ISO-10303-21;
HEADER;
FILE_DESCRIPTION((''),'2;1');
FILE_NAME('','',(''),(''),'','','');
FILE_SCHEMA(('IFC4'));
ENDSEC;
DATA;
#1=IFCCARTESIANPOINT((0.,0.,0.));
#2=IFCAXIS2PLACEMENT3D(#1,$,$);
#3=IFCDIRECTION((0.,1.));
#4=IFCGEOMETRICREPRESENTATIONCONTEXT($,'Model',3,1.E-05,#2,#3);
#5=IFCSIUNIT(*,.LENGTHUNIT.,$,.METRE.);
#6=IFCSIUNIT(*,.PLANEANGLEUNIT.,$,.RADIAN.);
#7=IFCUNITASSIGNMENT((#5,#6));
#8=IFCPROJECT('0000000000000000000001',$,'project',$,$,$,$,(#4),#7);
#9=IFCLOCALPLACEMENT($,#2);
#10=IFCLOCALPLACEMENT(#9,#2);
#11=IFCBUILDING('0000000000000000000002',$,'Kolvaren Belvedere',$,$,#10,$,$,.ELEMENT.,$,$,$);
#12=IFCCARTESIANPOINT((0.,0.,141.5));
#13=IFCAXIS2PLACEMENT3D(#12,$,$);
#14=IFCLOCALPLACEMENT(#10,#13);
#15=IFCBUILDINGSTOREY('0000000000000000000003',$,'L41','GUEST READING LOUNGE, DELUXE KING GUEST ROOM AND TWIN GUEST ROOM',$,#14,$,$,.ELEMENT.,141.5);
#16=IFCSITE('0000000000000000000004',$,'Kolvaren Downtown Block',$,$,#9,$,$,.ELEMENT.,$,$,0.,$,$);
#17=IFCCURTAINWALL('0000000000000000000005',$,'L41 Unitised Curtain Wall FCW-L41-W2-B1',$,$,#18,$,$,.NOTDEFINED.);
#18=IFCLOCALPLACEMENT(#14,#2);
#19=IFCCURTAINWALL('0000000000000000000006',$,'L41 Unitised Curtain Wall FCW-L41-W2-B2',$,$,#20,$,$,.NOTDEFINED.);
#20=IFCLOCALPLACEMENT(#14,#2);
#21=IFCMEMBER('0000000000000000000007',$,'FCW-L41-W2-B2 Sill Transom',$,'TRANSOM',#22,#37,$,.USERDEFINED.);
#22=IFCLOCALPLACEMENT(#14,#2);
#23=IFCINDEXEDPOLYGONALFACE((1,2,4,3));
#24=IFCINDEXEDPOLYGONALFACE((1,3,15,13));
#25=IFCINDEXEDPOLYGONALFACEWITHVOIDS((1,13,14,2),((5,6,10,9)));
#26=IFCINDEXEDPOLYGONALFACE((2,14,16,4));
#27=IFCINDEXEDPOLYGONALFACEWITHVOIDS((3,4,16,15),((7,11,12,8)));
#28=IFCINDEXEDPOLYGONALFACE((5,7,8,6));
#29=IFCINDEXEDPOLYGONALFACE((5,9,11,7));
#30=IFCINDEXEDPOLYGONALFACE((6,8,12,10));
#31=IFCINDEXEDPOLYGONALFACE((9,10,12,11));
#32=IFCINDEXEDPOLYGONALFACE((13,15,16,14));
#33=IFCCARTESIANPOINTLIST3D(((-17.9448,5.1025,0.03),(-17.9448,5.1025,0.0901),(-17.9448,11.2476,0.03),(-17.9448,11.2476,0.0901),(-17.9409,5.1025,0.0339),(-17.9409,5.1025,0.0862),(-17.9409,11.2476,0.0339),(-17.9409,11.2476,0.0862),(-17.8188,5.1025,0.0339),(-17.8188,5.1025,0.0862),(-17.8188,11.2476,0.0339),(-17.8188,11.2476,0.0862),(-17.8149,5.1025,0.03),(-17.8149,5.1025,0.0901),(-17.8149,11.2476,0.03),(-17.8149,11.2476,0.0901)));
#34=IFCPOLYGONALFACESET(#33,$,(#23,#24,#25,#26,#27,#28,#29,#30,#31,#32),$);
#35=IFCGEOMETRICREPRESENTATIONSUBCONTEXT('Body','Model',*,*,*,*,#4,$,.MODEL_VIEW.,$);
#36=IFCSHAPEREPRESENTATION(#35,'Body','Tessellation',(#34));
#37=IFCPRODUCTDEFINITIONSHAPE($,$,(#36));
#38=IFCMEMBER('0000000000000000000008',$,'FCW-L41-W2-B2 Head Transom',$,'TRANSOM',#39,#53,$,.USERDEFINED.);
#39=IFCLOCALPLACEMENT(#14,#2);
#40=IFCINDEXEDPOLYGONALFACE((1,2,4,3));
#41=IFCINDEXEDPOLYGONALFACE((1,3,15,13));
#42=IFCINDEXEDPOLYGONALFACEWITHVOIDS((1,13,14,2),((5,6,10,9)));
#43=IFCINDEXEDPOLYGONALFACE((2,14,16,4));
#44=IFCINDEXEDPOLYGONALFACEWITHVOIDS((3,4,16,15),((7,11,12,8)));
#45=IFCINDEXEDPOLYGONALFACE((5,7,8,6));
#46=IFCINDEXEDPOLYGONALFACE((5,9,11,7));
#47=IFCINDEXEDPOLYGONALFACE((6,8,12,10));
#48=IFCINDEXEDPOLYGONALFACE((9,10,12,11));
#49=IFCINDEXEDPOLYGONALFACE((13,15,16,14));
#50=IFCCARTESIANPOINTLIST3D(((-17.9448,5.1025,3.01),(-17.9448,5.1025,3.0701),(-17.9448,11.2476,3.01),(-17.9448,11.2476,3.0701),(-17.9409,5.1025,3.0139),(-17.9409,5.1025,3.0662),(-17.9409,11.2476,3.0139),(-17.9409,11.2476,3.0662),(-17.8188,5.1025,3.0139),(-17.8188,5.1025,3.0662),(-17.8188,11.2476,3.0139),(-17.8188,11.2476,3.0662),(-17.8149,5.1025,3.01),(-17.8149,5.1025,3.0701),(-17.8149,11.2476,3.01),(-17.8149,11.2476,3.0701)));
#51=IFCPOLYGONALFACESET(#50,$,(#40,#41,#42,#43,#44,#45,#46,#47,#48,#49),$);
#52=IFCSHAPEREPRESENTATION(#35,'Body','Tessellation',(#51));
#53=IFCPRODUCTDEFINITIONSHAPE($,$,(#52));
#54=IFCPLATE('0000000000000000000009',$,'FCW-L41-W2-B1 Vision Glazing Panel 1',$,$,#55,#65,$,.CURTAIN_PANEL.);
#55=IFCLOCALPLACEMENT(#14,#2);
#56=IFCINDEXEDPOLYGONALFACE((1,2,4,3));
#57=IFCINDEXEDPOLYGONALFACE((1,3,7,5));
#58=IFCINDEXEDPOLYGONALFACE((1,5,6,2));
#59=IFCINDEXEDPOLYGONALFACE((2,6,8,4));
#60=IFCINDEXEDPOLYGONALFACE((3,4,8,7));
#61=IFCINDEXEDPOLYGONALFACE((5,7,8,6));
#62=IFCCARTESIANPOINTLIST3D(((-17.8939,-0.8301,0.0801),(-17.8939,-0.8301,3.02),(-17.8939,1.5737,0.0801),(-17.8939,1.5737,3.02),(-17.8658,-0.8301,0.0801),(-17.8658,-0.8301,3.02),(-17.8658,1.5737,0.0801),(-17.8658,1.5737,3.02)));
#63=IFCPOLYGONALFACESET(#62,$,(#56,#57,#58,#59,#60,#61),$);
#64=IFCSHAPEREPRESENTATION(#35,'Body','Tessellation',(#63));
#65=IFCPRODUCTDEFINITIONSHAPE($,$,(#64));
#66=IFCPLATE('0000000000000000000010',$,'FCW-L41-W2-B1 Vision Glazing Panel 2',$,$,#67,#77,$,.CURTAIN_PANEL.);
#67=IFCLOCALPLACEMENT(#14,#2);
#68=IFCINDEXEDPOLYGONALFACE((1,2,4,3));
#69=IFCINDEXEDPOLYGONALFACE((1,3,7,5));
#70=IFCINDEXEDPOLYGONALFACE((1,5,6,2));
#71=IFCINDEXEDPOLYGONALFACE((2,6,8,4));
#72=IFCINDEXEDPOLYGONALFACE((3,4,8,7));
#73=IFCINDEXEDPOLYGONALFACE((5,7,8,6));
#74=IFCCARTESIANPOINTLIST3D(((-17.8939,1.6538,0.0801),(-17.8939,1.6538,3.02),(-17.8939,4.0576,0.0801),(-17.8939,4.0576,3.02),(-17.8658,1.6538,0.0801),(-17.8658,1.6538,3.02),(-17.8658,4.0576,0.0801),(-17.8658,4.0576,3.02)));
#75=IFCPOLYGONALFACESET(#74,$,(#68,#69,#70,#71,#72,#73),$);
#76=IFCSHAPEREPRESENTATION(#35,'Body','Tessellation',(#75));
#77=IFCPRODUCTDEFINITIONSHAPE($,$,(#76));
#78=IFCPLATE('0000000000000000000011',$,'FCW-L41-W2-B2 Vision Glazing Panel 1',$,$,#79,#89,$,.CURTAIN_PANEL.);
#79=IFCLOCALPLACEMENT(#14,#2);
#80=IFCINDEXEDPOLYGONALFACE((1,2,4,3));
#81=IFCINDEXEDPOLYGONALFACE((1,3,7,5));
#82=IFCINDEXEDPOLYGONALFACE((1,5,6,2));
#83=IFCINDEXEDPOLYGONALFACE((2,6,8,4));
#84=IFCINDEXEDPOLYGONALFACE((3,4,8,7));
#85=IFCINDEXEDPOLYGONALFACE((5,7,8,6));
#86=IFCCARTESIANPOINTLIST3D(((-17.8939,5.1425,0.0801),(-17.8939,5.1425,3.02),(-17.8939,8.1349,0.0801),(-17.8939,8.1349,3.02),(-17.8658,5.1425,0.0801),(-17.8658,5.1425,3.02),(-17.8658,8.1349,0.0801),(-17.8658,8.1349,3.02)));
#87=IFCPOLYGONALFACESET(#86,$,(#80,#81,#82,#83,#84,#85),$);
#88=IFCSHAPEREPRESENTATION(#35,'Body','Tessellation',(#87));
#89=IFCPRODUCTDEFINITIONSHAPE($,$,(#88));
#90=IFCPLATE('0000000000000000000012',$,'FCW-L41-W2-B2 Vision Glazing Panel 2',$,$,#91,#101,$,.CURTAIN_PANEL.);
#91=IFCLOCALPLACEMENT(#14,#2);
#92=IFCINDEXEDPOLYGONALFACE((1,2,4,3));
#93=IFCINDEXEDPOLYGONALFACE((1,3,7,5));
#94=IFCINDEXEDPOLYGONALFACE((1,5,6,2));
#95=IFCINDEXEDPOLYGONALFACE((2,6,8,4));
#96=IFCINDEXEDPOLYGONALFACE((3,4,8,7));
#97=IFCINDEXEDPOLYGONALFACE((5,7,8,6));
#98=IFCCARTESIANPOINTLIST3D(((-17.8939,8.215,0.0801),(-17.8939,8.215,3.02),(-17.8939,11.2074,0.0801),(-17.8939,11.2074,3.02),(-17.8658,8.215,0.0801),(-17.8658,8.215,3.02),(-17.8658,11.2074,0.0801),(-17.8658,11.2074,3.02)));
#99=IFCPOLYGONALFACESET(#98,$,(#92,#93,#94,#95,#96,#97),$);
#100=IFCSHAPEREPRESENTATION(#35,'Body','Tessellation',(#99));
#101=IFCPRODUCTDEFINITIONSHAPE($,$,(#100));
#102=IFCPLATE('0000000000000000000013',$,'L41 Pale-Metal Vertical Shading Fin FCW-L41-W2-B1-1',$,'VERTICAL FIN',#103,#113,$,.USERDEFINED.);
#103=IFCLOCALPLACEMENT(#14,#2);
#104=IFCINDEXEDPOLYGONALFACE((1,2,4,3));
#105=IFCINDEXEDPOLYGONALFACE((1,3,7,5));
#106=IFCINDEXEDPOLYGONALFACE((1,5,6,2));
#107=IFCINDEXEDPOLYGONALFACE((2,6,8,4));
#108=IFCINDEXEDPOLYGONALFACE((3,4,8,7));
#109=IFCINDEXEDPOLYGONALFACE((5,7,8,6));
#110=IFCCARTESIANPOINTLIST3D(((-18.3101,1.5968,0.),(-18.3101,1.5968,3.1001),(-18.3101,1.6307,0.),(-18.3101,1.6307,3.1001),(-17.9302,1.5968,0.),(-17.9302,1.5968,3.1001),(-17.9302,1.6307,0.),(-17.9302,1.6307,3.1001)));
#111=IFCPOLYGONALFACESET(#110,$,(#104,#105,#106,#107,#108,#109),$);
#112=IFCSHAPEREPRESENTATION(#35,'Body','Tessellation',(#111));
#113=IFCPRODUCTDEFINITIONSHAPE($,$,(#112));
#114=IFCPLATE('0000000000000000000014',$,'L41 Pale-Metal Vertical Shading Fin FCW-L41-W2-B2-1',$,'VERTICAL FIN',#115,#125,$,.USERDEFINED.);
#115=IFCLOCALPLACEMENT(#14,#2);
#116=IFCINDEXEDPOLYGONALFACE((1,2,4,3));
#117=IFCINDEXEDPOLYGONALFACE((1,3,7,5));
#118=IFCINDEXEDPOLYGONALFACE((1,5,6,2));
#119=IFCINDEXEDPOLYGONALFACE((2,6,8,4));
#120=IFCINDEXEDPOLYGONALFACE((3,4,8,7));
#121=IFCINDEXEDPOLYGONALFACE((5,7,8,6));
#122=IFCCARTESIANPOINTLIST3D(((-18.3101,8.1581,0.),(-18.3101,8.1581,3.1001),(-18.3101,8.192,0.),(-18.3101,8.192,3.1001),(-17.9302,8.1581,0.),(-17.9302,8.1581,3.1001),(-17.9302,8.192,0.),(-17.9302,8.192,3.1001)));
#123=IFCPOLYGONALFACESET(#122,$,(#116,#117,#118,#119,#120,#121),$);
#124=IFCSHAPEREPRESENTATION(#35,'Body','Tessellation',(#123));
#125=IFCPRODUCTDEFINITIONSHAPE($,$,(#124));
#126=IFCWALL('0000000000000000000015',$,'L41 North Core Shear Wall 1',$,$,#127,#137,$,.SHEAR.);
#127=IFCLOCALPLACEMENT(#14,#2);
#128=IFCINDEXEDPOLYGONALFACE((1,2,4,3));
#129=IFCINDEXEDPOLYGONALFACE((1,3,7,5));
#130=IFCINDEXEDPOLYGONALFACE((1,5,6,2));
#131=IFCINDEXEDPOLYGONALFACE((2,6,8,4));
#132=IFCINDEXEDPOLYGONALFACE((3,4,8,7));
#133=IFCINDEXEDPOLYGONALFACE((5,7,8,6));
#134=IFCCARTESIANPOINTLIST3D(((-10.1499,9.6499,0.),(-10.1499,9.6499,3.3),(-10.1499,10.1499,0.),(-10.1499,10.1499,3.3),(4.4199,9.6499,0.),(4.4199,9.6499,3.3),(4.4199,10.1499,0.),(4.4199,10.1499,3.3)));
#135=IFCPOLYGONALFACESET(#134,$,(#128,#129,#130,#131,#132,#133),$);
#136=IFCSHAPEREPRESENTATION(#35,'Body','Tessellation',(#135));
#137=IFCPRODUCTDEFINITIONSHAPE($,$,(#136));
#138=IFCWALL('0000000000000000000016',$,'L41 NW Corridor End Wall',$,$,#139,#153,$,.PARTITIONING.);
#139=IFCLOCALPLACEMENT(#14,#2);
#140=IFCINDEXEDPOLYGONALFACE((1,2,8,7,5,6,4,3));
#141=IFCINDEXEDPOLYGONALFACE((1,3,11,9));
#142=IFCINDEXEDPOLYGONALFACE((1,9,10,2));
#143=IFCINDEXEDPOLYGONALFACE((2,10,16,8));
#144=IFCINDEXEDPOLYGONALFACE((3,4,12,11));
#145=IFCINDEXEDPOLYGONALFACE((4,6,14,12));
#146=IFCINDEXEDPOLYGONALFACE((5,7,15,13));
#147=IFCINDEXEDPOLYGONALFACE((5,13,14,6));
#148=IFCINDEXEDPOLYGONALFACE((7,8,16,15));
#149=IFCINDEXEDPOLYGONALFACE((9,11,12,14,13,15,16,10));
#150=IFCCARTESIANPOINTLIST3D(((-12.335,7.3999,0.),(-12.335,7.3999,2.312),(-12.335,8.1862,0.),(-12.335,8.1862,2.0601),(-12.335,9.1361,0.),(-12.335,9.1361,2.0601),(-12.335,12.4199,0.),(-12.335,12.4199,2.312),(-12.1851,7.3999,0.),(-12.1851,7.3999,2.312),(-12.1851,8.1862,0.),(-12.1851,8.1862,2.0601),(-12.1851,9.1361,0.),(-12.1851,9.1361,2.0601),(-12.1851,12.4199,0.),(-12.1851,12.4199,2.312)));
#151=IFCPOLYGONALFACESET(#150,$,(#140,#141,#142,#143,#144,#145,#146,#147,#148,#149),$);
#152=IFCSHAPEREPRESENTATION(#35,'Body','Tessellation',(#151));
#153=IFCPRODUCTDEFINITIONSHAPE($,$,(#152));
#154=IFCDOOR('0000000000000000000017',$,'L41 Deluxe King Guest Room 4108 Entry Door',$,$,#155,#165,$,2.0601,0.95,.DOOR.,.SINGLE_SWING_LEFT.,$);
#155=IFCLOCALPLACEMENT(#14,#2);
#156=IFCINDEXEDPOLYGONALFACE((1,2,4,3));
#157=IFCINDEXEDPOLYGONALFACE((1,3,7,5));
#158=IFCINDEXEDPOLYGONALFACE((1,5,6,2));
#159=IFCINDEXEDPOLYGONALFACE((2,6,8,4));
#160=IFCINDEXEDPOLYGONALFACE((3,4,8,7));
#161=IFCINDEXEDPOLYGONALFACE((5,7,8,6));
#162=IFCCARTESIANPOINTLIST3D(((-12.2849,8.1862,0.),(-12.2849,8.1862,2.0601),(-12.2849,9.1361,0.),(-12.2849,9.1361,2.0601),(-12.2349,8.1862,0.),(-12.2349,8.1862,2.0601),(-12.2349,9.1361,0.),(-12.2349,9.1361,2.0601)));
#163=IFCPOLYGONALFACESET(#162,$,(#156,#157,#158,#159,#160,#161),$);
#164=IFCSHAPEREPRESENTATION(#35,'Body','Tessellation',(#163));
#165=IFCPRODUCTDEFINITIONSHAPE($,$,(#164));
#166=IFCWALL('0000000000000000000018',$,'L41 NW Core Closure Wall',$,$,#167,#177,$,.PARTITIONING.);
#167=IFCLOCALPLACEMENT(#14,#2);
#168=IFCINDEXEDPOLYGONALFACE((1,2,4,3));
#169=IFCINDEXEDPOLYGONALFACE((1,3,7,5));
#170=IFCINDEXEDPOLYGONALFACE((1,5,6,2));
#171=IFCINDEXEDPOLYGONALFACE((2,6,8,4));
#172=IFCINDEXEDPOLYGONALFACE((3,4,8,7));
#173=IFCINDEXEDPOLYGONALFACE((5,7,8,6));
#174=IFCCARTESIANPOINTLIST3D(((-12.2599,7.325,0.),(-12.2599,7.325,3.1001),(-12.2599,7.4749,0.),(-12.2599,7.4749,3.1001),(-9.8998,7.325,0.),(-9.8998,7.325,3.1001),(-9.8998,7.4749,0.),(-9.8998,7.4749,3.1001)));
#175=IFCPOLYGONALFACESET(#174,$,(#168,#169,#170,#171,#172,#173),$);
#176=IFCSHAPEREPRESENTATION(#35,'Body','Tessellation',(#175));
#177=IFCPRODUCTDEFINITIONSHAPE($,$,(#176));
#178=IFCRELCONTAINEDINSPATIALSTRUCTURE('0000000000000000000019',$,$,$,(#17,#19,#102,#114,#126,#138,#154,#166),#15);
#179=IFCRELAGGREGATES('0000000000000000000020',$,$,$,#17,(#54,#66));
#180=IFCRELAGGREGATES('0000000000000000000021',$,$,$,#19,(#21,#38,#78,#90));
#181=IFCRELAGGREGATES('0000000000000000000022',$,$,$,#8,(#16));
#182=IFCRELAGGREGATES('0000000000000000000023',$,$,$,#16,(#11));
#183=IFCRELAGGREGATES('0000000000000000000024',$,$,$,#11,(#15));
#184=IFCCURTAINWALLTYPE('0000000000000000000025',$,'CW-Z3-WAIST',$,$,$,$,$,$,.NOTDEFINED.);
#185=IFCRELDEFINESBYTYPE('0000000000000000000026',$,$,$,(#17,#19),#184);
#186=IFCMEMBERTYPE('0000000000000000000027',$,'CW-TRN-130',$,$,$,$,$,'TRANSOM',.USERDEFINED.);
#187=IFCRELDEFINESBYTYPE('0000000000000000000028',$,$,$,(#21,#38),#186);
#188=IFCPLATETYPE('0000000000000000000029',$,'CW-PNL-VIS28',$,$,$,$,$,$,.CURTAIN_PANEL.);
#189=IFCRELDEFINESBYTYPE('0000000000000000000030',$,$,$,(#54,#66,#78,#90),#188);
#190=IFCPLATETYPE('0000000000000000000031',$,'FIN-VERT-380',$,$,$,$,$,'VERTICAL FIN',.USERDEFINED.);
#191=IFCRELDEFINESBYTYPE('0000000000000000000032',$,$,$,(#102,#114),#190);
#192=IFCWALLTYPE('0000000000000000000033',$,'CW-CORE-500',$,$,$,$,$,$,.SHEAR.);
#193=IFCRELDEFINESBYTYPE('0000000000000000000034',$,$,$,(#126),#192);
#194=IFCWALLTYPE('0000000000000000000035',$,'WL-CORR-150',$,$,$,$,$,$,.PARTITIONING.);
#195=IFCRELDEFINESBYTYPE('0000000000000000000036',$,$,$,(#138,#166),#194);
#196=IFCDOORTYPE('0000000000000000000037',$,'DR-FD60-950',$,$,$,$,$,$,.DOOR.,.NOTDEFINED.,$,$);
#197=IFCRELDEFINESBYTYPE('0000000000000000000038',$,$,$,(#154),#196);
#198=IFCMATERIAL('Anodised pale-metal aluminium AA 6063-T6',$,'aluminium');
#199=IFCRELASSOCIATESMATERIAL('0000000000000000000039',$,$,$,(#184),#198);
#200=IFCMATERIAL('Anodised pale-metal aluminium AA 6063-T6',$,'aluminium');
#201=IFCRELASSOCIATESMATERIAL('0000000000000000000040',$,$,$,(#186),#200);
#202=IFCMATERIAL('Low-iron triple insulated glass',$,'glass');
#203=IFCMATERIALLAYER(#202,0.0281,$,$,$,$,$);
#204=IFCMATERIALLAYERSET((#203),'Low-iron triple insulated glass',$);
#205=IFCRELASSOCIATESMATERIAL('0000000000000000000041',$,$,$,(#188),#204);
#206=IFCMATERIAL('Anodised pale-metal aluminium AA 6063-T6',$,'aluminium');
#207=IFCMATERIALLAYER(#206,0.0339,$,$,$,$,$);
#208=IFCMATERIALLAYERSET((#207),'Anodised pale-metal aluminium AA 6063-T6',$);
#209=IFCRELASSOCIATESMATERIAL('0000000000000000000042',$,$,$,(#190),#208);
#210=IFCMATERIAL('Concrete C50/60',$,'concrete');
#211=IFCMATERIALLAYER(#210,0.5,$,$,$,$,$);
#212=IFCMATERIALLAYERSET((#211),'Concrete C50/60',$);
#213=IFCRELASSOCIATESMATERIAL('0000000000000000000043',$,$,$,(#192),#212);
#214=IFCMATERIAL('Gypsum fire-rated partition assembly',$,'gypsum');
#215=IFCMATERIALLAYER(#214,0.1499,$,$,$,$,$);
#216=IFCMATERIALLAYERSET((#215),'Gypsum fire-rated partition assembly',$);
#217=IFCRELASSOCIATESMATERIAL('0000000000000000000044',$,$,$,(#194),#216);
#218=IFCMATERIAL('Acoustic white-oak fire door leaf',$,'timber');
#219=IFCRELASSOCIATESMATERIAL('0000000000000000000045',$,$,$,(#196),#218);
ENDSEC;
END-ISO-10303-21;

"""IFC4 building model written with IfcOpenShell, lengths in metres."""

from ifc_helpers import new_model, si_unit, direction, frame, frame_2d, origin, origin_2d, place, context, subcontext, project, spatial, rectangle, hollow_rectangle, extrude, material, layer, layer_set, material_profile, profile_set, type_object, element, fill, aggregate, save


model = new_model("IFC4")

# Units and contexts
model_context = context("Model", 3, precision=1e-05, world=origin(), true_north=direction((0.0, 1.0)))
body_context = subcontext(model_context, "Body", "Model", "MODEL_VIEW")
ifc_project = project(units=[si_unit("LENGTHUNIT", "METRE"), si_unit("PLANEANGLEUNIT", "RADIAN")], contexts=[model_context])

# Site, building, storey
site_placement = place(None, origin())
site = spatial("IfcSite", under=ifc_project, at=site_placement, Name="Kolvaren Downtown Block", CompositionType="ELEMENT", RefElevation=0.0)
building_placement = place(site_placement, origin())
building = spatial("IfcBuilding", under=site, at=building_placement, Name="Kolvaren Belvedere", CompositionType="ELEMENT")
storey_placement = place(building_placement, frame((0.0, 0.0, 141.5)))
storey = spatial("IfcBuildingStorey", under=building, at=storey_placement, Name="L41", Description="GUEST READING LOUNGE, DELUXE KING GUEST ROOM AND TWIN GUEST ROOM", CompositionType="ELEMENT", Elevation=141.5)

# Curtain walls, members
ifc_material_1 = material(Name="Anodised pale-metal aluminium AA 6063-T6", Category="aluminium")
curtain_wall_type = type_object("IfcCurtainWallType", Name="CW-Z3-WAIST", PredefinedType="NOTDEFINED", material=ifc_material_1)
curtain_wall_1_placement = place(storey_placement, origin())
curtain_wall_1 = element("IfcCurtainWall", 1, at=curtain_wall_1_placement, inside=storey, type_object=curtain_wall_type, Name="L41 Unitised Curtain Wall FCW-L41-W2-B1", PredefinedType="NOTDEFINED")
curtain_wall_2_placement = place(storey_placement, origin())
curtain_wall_2 = element("IfcCurtainWall", 2, at=curtain_wall_2_placement, inside=storey, type_object=curtain_wall_type, Name="L41 Unitised Curtain Wall FCW-L41-W2-B2", PredefinedType="NOTDEFINED")
ifc_material_2 = material(Name="Anodised pale-metal aluminium AA 6063-T6", Category="aluminium")
ifc_material_profile_1 = material_profile(ifc_material_2, hollow_rectangle(XDim=0.0601, YDim=0.1299, WallThickness=0.0039, at=origin_2d()), Name="ALU-TRN-130X60")
ifc_profile_set_1 = profile_set([ifc_material_profile_1], Name="Anodised pale-metal aluminium AA 6063-T6")
member_type_1 = type_object("IfcMemberType", Name="CW-TRN-130", ElementType="TRANSOM", PredefinedType="USERDEFINED", material=ifc_profile_set_1)
member_1_placement = place(storey_placement, frame((-17.8799, 5.1025, 0.0601), z_axis=(0.0, 1.0, 0.0), x_axis=(0.0, 0.0, 1.0)))
member_1 = element("IfcMember", 3, at=member_1_placement, type_object=member_type_1, Name="FCW-L41-W2-B2 Sill Transom", ObjectType="TRANSOM", PredefinedType="USERDEFINED", context=body_context, shape_type="SweptSolid", body=[
    extrude(hollow_rectangle(XDim=0.0601, YDim=0.1299, WallThickness=0.0039, at=origin_2d()), origin(), (0.0, 0.0, 1.0), 6.145),
])
member_2_placement = place(storey_placement, frame((-17.8799, 5.1025, 3.04), z_axis=(0.0, 1.0, 0.0), x_axis=(0.0, 0.0, 1.0)))
member_2 = element("IfcMember", 4, at=member_2_placement, type_object=member_type_1, Name="FCW-L41-W2-B2 Head Transom", ObjectType="TRANSOM", PredefinedType="USERDEFINED", context=body_context, shape_type="SweptSolid", body=[
    extrude(hollow_rectangle(XDim=0.0601, YDim=0.1299, WallThickness=0.0039, at=origin_2d()), origin(), (0.0, 0.0, 1.0), 6.145),
])

# Plates
ifc_material_3 = material(Name="Low-iron triple insulated glass", Category="glass")
ifc_layer_1 = layer(ifc_material_3, 0.0281)
ifc_layer_set_1 = layer_set([ifc_layer_1], Name="Low-iron triple insulated glass")
plate_type_1 = type_object("IfcPlateType", Name="CW-PNL-VIS28", PredefinedType="CURTAIN_PANEL", material=ifc_layer_set_1)
plate_1_placement = place(storey_placement, frame((-17.8799, 0.3718, 0.0801), z_axis=(0.0, 0.0, 1.0), x_axis=(0.0, 1.0, 0.0)))
plate_1 = element("IfcPlate", 5, at=plate_1_placement, type_object=plate_type_1, Name="FCW-L41-W2-B1 Vision Glazing Panel 1", PredefinedType="CURTAIN_PANEL", context=body_context, shape_type="SweptSolid", body=[
    extrude(rectangle(XDim=2.4038, YDim=0.0281, at=origin_2d()), origin(), (0.0, 0.0, 1.0), 2.9399),
])
plate_2_placement = place(storey_placement, frame((-17.8799, 2.8557, 0.0801), z_axis=(0.0, 0.0, 1.0), x_axis=(0.0, 1.0, 0.0)))
plate_2 = element("IfcPlate", 6, at=plate_2_placement, type_object=plate_type_1, Name="FCW-L41-W2-B1 Vision Glazing Panel 2", PredefinedType="CURTAIN_PANEL", context=body_context, shape_type="SweptSolid", body=[
    extrude(rectangle(XDim=2.4038, YDim=0.0281, at=origin_2d()), origin(), (0.0, 0.0, 1.0), 2.9399),
])
aggregate(curtain_wall_1, [plate_1, plate_2])
plate_3_placement = place(storey_placement, frame((-17.8799, 6.6387, 0.0801), z_axis=(0.0, 0.0, 1.0), x_axis=(0.0, 1.0, 0.0)))
plate_3 = element("IfcPlate", 7, at=plate_3_placement, type_object=plate_type_1, Name="FCW-L41-W2-B2 Vision Glazing Panel 1", PredefinedType="CURTAIN_PANEL", context=body_context, shape_type="SweptSolid", body=[
    extrude(rectangle(XDim=2.9924, YDim=0.0281, at=origin_2d()), origin(), (0.0, 0.0, 1.0), 2.9399),
])
plate_4_placement = place(storey_placement, frame((-17.8799, 9.7112, 0.0801), z_axis=(0.0, 0.0, 1.0), x_axis=(0.0, 1.0, 0.0)))
plate_4 = element("IfcPlate", 8, at=plate_4_placement, type_object=plate_type_1, Name="FCW-L41-W2-B2 Vision Glazing Panel 2", PredefinedType="CURTAIN_PANEL", context=body_context, shape_type="SweptSolid", body=[
    extrude(rectangle(XDim=2.9924, YDim=0.0281, at=origin_2d()), origin(), (0.0, 0.0, 1.0), 2.9399),
])
aggregate(curtain_wall_2, [member_1, member_2, plate_3, plate_4])

# Plates
ifc_material_4 = material(Name="Anodised pale-metal aluminium AA 6063-T6", Category="aluminium")
ifc_layer_2 = layer(ifc_material_4, 0.0339)
ifc_layer_set_2 = layer_set([ifc_layer_2], Name="Anodised pale-metal aluminium AA 6063-T6")
plate_type_2 = type_object("IfcPlateType", Name="FIN-VERT-380", ElementType="VERTICAL FIN", PredefinedType="USERDEFINED", material=ifc_layer_set_2)
for number, where, z_axis, x_axis, name in (
    (9, (-18.1201, 1.6138, 0.0), (0.0, 0.0, 1.0), (1.0, 0.0, 0.0), "L41 Pale-Metal Vertical Shading Fin FCW-L41-W2-B1-1"),
    (10, (-18.1201, 8.175, 0.0), (0.0, 0.0, 1.0), (1.0, 0.0, 0.0), "L41 Pale-Metal Vertical Shading Fin FCW-L41-W2-B2-1"),
):
    element("IfcPlate", number, at=place(storey_placement, frame(where, z_axis=z_axis, x_axis=x_axis)), inside=storey, type_object=plate_type_2, Name=name, ObjectType="VERTICAL FIN", PredefinedType="USERDEFINED", context=body_context, shape_type="SweptSolid", body=[
        extrude(rectangle(XDim=0.3799, YDim=0.0339, at=origin_2d()), origin(), (0.0, 0.0, 1.0), 3.1001),
    ])

# Wall
ifc_material_5 = material(Name="Concrete C50/60", Category="concrete")
ifc_layer_3 = layer(ifc_material_5, 0.5)
ifc_layer_set_3 = layer_set([ifc_layer_3], Name="Concrete C50/60")
wall_type_1 = type_object("IfcWallType", Name="CW-CORE-500", PredefinedType="SHEAR", material=ifc_layer_set_3)
wall_1_placement = place(storey_placement, frame((-10.1499, 9.8999, 0.0), z_axis=(0.0, 0.0, 1.0), x_axis=(1.0, 0.0, 0.0)))
element("IfcWall", 11, at=wall_1_placement, inside=storey, type_object=wall_type_1, Name="L41 North Core Shear Wall 1", PredefinedType="SHEAR", context=body_context, shape_type="SweptSolid", body=[
    extrude(rectangle(XDim=14.5698, YDim=0.5, at=frame_2d((7.2849, 0.0))), origin(), (0.0, 0.0, 1.0), 3.3),
])

# Wall, opening, door
ifc_material_6 = material(Name="Gypsum fire-rated partition assembly", Category="gypsum")
ifc_layer_4 = layer(ifc_material_6, 0.1499)
ifc_layer_set_4 = layer_set([ifc_layer_4], Name="Gypsum fire-rated partition assembly")
wall_type_2 = type_object("IfcWallType", Name="WL-CORR-150", PredefinedType="PARTITIONING", material=ifc_layer_set_4)
wall_2_placement = place(storey_placement, frame((-12.26, 7.3999, 0.0), z_axis=(0.0, 0.0, 1.0), x_axis=(0.0, 1.0, 0.0)))
wall_2 = element("IfcWall", 12, at=wall_2_placement, inside=storey, type_object=wall_type_2, Name="L41 NW Corridor End Wall", PredefinedType="PARTITIONING", context=body_context, shape_type="SweptSolid", body=[
    extrude(rectangle(XDim=5.02, YDim=0.1499, at=frame_2d((2.51, 0.0))), origin(), (0.0, 0.0, 1.0), 2.312),
])
opening_placement = place(wall_2_placement, frame((0.7861, 0.0, 0.0)))
opening = element("IfcOpeningElement", 13, at=opening_placement, cuts=wall_2, PredefinedType="OPENING", context=body_context, shape_type="SweptSolid", body=[
    extrude(rectangle(XDim=0.95, YDim=2.0601, at=frame_2d((0.4751, 1.03))), frame((0.0, 0.085, 0.0), z_axis=(0.0, -1.0, 0.0), x_axis=(1.0, 0.0, 0.0)), (0.0, 0.0, 1.0), 0.1699),
])
ifc_material_7 = material(Name="Acoustic white-oak fire door leaf", Category="timber")
door_type = type_object("IfcDoorType", Name="DR-FD60-950", OperationType="NOTDEFINED", PredefinedType="DOOR", material=ifc_material_7)
door_placement = place(opening_placement, origin())
door = element("IfcDoor", 14, at=door_placement, inside=storey, type_object=door_type, Name="L41 Deluxe King Guest Room 4108 Entry Door", OperationType="SINGLE_SWING_LEFT", OverallHeight=2.0601, OverallWidth=0.95, PredefinedType="DOOR", context=body_context, shape_type="SweptSolid", body=[
    extrude(rectangle(XDim=0.95, YDim=2.0601, at=frame_2d((0.4751, 1.03))), frame((0.0, 0.0249, 0.0), z_axis=(0.0, -1.0, 0.0), x_axis=(1.0, 0.0, 0.0)), (0.0, 0.0, 1.0), 0.05),
])
fill(opening, door)

# Wall
wall_3_placement = place(storey_placement, frame((-12.26, 7.3999, 0.0), z_axis=(0.0, 0.0, 1.0), x_axis=(1.0, 0.0, 0.0)))
element("IfcWall", 15, at=wall_3_placement, inside=storey, type_object=wall_type_2, Name="L41 NW Core Closure Wall", PredefinedType="PARTITIONING", context=body_context, shape_type="SweptSolid", body=[
    extrude(rectangle(XDim=2.3601, YDim=0.1499, at=frame_2d((1.1802, 0.0))), origin(), (0.0, 0.0, 1.0), 3.1001),
])

save(model, "model.ifc")
